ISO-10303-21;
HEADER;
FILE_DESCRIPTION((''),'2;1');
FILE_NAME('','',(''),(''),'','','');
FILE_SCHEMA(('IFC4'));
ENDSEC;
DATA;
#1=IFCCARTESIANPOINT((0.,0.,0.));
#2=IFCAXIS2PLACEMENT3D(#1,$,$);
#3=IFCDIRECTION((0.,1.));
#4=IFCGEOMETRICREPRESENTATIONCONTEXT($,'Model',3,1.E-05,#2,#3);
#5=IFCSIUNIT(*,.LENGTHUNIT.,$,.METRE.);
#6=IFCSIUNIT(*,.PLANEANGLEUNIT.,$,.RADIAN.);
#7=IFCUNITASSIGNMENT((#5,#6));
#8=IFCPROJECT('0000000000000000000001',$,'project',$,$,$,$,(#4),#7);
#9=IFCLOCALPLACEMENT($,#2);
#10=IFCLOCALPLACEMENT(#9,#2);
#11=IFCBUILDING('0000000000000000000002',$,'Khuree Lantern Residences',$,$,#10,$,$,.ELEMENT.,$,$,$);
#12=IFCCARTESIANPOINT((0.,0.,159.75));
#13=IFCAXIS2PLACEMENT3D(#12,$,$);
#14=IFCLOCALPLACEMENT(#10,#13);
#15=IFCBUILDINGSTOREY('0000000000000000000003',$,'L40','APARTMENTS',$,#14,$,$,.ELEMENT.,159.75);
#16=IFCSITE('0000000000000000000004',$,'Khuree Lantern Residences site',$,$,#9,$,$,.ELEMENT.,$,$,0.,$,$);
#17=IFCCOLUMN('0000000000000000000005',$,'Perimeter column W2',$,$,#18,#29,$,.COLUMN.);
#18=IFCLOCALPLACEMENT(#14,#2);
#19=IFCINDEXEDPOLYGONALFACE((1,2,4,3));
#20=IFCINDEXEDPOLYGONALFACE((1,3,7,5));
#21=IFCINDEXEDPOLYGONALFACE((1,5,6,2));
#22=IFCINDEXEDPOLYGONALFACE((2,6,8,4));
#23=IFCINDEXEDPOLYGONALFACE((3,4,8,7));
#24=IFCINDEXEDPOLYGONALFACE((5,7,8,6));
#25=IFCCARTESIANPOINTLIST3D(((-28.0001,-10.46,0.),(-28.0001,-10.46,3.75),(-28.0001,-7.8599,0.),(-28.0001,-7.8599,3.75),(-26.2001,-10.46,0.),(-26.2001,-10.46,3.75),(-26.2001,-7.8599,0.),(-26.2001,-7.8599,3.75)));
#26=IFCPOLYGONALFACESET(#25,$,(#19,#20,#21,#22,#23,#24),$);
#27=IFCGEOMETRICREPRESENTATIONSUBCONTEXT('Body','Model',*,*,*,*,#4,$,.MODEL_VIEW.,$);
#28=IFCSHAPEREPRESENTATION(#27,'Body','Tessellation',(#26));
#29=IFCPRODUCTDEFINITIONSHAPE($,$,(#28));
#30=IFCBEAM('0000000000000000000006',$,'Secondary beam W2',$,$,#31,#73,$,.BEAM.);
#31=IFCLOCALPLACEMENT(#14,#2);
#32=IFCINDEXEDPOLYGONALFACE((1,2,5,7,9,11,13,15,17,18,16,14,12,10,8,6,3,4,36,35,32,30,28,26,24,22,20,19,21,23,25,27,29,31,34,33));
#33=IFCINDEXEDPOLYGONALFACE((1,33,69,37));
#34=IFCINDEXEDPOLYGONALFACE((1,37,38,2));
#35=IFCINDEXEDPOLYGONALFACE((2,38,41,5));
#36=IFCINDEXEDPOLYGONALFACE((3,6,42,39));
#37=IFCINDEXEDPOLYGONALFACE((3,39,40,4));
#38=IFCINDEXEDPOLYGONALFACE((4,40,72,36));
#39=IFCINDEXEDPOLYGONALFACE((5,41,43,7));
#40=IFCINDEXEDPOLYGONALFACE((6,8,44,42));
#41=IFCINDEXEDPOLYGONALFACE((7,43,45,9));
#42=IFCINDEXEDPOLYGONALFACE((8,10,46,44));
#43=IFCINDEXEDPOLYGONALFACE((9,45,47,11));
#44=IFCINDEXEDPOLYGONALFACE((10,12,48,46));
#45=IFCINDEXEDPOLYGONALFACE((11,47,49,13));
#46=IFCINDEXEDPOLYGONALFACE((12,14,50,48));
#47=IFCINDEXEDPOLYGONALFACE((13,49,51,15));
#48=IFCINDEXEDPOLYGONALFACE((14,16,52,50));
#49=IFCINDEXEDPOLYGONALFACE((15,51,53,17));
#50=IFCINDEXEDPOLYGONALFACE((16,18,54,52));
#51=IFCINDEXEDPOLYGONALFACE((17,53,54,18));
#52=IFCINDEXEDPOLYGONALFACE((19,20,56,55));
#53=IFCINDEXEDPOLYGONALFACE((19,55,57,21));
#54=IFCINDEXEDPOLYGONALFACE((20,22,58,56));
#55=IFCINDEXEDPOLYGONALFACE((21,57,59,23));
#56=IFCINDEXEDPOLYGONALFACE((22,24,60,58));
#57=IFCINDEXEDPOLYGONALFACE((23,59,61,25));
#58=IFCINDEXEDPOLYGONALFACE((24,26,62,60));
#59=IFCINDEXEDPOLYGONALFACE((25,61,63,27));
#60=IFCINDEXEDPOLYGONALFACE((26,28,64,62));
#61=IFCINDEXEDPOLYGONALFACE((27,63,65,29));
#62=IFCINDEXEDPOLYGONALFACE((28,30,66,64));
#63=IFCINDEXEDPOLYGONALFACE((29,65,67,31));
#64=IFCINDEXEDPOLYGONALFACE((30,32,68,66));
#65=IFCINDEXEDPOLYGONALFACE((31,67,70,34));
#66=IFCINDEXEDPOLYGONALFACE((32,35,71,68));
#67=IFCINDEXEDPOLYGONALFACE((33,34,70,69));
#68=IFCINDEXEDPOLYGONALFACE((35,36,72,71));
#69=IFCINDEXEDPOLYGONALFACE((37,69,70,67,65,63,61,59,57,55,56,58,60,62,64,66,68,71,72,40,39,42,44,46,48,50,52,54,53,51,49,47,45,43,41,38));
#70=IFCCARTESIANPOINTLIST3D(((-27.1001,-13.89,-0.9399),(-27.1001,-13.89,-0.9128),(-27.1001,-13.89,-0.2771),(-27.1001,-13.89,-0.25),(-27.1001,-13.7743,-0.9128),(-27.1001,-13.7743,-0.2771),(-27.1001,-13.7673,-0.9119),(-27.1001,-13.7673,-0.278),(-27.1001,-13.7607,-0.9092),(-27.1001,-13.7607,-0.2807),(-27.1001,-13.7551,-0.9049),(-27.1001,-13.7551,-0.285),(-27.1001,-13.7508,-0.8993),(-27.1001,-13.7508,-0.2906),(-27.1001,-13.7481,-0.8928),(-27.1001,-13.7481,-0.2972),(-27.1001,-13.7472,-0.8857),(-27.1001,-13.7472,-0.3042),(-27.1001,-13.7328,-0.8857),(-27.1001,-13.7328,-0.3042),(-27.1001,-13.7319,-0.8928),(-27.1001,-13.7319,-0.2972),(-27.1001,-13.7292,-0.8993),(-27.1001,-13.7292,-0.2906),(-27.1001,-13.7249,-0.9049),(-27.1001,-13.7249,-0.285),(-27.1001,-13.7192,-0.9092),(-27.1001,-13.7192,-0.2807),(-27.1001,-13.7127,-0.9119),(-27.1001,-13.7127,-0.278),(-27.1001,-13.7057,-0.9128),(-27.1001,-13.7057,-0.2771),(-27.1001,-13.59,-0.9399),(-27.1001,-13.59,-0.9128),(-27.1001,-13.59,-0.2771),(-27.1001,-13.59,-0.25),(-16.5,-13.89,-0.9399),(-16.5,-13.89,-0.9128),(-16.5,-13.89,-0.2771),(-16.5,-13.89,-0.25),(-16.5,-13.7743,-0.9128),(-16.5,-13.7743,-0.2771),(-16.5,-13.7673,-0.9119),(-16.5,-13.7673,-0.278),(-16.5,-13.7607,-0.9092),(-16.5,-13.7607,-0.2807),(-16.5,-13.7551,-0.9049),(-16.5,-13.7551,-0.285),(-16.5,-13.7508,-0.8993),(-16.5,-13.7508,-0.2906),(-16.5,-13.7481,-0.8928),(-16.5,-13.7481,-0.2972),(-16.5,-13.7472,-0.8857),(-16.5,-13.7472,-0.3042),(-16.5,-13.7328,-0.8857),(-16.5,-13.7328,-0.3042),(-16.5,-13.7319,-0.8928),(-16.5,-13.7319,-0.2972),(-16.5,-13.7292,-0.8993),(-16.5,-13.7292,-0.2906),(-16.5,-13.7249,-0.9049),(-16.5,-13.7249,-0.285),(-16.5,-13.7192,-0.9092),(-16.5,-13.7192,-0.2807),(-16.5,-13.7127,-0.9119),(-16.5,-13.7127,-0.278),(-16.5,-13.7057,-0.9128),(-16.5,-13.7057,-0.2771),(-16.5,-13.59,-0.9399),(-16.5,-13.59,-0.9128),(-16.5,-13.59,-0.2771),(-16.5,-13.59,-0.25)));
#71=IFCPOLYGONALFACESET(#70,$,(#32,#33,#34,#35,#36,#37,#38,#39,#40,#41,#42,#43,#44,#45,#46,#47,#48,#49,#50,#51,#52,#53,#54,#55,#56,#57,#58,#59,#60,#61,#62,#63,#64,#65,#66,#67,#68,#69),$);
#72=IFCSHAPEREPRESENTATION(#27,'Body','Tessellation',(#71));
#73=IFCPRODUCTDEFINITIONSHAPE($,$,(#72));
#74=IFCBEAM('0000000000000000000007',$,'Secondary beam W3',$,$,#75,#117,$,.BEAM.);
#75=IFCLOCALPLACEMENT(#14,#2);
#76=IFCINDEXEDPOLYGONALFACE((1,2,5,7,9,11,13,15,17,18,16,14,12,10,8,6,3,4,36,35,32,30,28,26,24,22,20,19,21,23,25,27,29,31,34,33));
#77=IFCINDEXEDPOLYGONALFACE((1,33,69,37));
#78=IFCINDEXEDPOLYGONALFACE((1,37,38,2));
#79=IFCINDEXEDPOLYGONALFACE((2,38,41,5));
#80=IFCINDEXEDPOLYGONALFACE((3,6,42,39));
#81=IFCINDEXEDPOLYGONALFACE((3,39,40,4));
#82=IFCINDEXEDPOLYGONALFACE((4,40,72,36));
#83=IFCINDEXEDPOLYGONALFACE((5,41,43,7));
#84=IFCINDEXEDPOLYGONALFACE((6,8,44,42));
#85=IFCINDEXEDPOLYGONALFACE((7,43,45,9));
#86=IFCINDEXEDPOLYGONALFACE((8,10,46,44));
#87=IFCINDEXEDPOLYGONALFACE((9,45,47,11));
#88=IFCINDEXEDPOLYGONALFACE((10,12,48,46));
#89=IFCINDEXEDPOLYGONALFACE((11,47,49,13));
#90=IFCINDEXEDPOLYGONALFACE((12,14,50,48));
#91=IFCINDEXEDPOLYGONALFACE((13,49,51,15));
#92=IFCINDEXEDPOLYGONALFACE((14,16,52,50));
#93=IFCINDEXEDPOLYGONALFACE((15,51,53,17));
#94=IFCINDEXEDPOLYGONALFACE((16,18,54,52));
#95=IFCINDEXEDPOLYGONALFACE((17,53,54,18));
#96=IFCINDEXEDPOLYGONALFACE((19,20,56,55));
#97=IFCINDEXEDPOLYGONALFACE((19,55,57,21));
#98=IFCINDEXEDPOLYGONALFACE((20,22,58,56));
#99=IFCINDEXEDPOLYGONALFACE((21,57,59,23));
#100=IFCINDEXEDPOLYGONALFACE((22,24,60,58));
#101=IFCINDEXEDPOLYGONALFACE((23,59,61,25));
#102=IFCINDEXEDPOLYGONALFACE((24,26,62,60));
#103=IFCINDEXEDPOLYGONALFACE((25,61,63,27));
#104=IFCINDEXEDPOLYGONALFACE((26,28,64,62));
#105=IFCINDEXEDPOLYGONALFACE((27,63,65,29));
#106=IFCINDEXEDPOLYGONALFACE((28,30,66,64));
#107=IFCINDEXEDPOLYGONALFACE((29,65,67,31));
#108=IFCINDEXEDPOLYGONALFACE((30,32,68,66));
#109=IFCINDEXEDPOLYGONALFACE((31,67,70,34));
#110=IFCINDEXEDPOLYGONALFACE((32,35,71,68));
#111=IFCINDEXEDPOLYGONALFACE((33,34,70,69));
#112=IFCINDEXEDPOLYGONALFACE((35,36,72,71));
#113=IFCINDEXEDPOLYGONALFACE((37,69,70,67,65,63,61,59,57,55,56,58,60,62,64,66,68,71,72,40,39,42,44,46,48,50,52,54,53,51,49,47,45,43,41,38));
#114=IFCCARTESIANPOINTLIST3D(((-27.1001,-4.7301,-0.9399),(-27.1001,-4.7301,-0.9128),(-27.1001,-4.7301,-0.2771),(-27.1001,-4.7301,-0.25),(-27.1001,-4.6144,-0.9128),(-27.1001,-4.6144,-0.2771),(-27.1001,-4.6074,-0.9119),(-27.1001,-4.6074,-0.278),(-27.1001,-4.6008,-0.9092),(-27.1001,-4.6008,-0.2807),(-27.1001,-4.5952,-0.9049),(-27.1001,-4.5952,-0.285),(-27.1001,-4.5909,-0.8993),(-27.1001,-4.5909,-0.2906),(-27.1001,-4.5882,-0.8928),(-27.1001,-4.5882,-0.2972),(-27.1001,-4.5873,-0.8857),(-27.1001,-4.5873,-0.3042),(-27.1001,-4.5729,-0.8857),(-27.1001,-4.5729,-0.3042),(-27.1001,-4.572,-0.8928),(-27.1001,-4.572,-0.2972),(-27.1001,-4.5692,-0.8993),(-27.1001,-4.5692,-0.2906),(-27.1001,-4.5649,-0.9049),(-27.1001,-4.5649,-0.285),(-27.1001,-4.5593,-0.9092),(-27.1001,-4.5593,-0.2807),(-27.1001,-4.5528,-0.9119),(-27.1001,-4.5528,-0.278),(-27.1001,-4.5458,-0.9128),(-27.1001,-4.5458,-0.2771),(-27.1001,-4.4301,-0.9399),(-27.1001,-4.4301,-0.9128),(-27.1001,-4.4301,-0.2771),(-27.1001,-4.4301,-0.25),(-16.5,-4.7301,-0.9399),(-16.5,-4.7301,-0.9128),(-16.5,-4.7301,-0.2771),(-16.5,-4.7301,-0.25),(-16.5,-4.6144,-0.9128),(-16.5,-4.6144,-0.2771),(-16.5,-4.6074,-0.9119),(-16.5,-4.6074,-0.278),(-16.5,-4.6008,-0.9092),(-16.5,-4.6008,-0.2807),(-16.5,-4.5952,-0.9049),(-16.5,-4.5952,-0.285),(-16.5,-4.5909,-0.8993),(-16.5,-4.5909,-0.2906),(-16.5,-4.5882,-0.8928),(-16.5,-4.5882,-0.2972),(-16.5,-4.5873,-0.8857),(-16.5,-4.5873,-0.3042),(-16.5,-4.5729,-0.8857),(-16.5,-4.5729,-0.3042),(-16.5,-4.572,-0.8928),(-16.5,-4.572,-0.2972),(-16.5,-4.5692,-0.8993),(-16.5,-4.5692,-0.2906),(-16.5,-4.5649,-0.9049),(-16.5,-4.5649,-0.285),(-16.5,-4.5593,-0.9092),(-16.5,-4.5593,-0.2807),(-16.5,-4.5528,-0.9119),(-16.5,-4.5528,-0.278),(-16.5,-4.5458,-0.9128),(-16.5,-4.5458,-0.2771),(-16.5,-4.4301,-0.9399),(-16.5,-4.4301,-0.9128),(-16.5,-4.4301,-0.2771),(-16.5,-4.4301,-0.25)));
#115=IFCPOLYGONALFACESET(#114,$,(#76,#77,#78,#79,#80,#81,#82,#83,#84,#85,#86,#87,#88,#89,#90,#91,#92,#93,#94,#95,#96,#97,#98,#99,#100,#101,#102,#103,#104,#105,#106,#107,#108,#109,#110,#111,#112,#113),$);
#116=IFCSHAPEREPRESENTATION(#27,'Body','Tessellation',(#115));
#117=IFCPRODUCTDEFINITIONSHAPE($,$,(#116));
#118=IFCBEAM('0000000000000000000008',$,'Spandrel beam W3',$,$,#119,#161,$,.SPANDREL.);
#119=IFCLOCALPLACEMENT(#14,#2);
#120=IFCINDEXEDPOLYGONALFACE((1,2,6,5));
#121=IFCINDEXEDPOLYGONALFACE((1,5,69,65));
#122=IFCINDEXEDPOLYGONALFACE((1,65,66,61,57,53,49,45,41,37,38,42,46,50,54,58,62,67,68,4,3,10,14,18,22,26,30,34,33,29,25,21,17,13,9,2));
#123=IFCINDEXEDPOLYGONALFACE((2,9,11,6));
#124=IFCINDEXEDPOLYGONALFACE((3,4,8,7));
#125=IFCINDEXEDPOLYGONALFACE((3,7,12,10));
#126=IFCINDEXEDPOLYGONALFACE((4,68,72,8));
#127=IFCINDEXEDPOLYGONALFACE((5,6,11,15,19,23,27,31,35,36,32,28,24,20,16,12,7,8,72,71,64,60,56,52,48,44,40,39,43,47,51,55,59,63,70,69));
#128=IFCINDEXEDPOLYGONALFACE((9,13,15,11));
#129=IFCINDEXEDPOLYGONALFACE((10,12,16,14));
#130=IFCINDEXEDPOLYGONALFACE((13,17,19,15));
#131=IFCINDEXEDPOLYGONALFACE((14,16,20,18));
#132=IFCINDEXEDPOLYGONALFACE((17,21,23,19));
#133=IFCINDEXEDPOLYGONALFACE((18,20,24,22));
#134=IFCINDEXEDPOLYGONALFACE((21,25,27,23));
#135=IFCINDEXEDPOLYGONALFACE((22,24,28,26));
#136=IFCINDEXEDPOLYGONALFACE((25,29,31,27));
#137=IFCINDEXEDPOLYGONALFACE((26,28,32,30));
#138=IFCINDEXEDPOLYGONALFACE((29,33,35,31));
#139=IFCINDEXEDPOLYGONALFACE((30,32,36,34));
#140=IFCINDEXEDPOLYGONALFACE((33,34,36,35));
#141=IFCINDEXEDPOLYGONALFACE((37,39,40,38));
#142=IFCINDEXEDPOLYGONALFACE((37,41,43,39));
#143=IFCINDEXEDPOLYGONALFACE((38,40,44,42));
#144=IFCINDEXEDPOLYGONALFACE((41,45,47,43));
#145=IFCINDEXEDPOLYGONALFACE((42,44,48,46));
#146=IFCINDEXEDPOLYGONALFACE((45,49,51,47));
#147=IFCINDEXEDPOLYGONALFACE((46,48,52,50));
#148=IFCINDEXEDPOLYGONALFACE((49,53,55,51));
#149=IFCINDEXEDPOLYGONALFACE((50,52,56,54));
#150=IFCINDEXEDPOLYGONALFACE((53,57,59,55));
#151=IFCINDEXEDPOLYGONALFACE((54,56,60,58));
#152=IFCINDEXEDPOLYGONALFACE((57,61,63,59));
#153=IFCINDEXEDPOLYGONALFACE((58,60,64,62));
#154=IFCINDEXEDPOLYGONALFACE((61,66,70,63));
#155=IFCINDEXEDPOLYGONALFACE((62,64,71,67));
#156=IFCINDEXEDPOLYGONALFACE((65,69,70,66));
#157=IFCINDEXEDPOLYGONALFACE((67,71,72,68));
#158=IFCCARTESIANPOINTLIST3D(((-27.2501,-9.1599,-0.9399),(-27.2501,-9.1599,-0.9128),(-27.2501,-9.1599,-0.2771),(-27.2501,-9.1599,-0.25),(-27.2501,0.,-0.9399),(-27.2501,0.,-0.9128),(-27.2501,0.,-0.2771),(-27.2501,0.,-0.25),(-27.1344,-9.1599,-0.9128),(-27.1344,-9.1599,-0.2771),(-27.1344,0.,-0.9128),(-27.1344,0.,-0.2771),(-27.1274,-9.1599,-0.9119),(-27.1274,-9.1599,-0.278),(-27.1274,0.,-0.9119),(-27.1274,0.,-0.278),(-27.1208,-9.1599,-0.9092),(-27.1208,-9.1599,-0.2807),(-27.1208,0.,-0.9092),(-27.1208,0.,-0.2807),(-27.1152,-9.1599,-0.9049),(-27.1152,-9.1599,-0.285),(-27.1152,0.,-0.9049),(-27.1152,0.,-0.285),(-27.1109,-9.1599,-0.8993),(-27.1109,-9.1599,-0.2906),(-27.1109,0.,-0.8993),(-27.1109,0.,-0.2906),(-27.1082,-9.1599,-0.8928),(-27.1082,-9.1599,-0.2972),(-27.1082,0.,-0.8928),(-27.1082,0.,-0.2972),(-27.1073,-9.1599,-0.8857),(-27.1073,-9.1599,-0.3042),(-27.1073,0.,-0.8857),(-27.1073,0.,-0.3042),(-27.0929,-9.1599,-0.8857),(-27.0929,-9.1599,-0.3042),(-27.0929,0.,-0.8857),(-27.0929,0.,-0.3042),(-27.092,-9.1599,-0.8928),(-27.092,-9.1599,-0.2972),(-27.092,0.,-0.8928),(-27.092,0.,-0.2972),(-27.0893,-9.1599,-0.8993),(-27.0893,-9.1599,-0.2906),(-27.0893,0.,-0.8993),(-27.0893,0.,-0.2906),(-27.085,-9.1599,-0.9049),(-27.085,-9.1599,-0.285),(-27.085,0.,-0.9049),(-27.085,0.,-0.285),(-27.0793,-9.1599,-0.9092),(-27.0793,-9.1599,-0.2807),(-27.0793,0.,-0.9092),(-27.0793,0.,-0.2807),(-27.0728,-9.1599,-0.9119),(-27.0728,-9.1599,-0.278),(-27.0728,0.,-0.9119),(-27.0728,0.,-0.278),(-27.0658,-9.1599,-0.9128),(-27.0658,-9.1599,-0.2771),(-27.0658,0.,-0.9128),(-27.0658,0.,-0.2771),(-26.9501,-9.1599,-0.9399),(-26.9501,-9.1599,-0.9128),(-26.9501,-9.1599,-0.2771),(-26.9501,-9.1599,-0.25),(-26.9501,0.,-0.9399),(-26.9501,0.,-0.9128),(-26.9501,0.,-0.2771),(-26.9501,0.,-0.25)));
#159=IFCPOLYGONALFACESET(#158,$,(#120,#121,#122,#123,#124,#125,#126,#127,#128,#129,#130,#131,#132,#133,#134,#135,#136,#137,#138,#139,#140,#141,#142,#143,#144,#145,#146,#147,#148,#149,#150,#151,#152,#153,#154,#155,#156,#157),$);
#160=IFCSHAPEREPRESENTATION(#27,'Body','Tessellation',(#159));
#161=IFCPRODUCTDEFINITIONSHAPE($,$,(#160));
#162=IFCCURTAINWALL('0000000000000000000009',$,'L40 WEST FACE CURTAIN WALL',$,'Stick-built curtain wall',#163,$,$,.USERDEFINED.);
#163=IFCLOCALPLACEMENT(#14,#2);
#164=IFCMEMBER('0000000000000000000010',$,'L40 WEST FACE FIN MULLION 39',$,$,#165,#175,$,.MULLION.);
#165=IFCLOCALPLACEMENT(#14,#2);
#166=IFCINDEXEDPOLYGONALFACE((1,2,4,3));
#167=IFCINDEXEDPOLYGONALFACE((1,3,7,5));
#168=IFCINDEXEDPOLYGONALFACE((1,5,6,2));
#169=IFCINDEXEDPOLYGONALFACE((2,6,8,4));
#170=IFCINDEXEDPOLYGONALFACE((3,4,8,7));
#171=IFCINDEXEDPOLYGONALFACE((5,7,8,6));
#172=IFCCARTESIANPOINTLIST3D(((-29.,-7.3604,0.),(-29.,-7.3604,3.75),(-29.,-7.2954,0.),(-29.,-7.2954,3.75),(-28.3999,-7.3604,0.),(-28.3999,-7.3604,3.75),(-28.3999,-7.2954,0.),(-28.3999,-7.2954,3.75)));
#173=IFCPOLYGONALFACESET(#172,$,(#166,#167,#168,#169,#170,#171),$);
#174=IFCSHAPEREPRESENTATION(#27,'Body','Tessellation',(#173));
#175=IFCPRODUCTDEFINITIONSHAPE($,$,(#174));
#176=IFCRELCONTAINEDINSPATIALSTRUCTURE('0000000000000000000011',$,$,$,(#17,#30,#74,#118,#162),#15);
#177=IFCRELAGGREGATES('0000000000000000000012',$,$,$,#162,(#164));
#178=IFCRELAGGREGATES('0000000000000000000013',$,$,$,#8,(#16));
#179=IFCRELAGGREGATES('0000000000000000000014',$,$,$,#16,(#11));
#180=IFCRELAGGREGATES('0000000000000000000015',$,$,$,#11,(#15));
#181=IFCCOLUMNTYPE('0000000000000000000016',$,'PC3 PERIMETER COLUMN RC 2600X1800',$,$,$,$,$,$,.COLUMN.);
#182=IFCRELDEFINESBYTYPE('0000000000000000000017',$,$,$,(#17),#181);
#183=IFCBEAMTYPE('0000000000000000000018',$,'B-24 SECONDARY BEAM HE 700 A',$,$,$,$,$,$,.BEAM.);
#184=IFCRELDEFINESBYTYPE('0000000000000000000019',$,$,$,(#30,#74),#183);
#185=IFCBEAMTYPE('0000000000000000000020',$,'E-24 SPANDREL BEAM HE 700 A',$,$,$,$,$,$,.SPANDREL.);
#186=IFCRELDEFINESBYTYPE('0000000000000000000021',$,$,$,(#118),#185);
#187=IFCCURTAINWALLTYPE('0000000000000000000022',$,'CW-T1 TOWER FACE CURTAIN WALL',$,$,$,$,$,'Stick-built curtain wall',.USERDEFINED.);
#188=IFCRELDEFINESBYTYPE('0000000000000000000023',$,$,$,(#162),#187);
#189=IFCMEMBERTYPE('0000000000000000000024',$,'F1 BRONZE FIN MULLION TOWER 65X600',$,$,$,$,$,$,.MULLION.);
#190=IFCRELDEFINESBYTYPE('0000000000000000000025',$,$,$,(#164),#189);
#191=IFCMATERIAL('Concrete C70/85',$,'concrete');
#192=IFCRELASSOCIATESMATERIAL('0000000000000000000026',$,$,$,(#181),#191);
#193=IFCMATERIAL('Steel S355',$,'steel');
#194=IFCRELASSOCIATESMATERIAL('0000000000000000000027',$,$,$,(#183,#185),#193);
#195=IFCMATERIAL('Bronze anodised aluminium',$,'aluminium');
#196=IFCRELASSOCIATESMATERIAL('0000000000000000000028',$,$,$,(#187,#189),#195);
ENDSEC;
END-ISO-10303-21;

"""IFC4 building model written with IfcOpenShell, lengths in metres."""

from ifc_helpers import new_model, si_unit, direction, frame, origin, origin_2d, place, context, subcontext, project, spatial, rectangle, i_section, extrude, material, material_profile, profile_set, type_object, element, aggregate, save


model = new_model("IFC4")

# Units and contexts
model_context = context("Model", 3, precision=1e-05, world=origin(), true_north=direction((0.0, 1.0)))
body_context = subcontext(model_context, "Body", "Model", "MODEL_VIEW")
ifc_project = project(units=[si_unit("LENGTHUNIT", "METRE"), si_unit("PLANEANGLEUNIT", "RADIAN")], contexts=[model_context])

# Site, building, storey
site_placement = place(None, origin())
site = spatial("IfcSite", under=ifc_project, at=site_placement, Name="Khuree Lantern Residences site", CompositionType="ELEMENT", RefElevation=0.0)
building_placement = place(site_placement, origin())
building = spatial("IfcBuilding", under=site, at=building_placement, Name="Khuree Lantern Residences", CompositionType="ELEMENT")
storey_placement = place(building_placement, frame((0.0, 0.0, 159.75)))
storey = spatial("IfcBuildingStorey", under=building, at=storey_placement, Name="L40", Description="APARTMENTS", CompositionType="ELEMENT", Elevation=159.75)

# Column
ifc_material_1 = material(Name="Concrete C70/85", Category="concrete")
ifc_material_profile_1 = material_profile(ifc_material_1, rectangle(XDim=2.6001, YDim=1.8, at=origin_2d()), Name="RC 2600X1800")
ifc_profile_set_1 = profile_set([ifc_material_profile_1], Name="Concrete C70/85")
column_type = type_object("IfcColumnType", Name="PC3 PERIMETER COLUMN RC 2600X1800", PredefinedType="COLUMN", material=ifc_profile_set_1)
column_placement = place(storey_placement, frame((-27.1001, -9.1599, 0.0), z_axis=(0.0, 0.0, 1.0), x_axis=(0.0, 1.0, 0.0)))
element("IfcColumn", 1, at=column_placement, inside=storey, type_object=column_type, Name="Perimeter column W2", PredefinedType="COLUMN", context=body_context, shape_type="SweptSolid", body=[
    extrude(rectangle(XDim=2.6001, YDim=1.8, at=origin_2d()), origin(), (0.0, 0.0, 1.0), 3.75),
])

# Beams
ifc_material_2 = material(Name="Steel S355", Category="steel")
ifc_material_profile_2 = material_profile(ifc_material_2, i_section(OverallWidth=0.3, OverallDepth=0.6899, WebThickness=0.0144, FlangeThickness=0.0271, FilletRadius=0.0271, at=origin_2d()), Name="HE 700 A")
ifc_profile_set_2 = profile_set([ifc_material_profile_2], Name="Steel S355")
beam_type_1 = type_object("IfcBeamType", Name="B-24 SECONDARY BEAM HE 700 A", PredefinedType="BEAM", material=ifc_profile_set_2)
for number, where, z_axis, x_axis, name in (
    (2, (-27.1001, -13.74, -0.595), (1.0, 0.0, 0.0), (0.0, 1.0, 0.0), "Secondary beam W2"),
    (3, (-27.1001, -4.5801, -0.595), (1.0, 0.0, 0.0), (0.0, 1.0, 0.0), "Secondary beam W3"),
):
    element("IfcBeam", number, at=place(storey_placement, frame(where, z_axis=z_axis, x_axis=x_axis)), inside=storey, type_object=beam_type_1, Name=name, PredefinedType="BEAM", context=body_context, shape_type="SweptSolid", body=[
        extrude(i_section(OverallWidth=0.3, OverallDepth=0.6899, WebThickness=0.0144, FlangeThickness=0.0271, FilletRadius=0.0271, at=origin_2d()), origin(), (0.0, 0.0, 1.0), 10.6001),
    ])
ifc_material_profile_3 = material_profile(ifc_material_2, i_section(OverallWidth=0.3, OverallDepth=0.6899, WebThickness=0.0144, FlangeThickness=0.0271, FilletRadius=0.0271, at=origin_2d()), Name="HE 700 A")
ifc_profile_set_3 = profile_set([ifc_material_profile_3], Name="Steel S355")
beam_type_2 = type_object("IfcBeamType", Name="E-24 SPANDREL BEAM HE 700 A", PredefinedType="SPANDREL", material=ifc_profile_set_3)
beam_1_placement = place(storey_placement, frame((-27.1001, -9.1599, -0.595), z_axis=(0.0, 1.0, 0.0), x_axis=(-1.0, 0.0, 0.0)))
element("IfcBeam", 4, at=beam_1_placement, inside=storey, type_object=beam_type_2, Name="Spandrel beam W3", PredefinedType="SPANDREL", context=body_context, shape_type="SweptSolid", body=[
    extrude(i_section(OverallWidth=0.3, OverallDepth=0.6899, WebThickness=0.0144, FlangeThickness=0.0271, FilletRadius=0.0271, at=origin_2d()), origin(), (0.0, 0.0, 1.0), 9.1599),
])

# Curtain wall, member
ifc_material_3 = material(Name="Bronze anodised aluminium", Category="aluminium")
curtain_wall_type = type_object("IfcCurtainWallType", Name="CW-T1 TOWER FACE CURTAIN WALL", ElementType="Stick-built curtain wall", PredefinedType="USERDEFINED", material=ifc_material_3)
curtain_wall_placement = place(storey_placement, origin())
curtain_wall = element("IfcCurtainWall", 5, at=curtain_wall_placement, inside=storey, type_object=curtain_wall_type, Name="L40 WEST FACE CURTAIN WALL", ObjectType="Stick-built curtain wall", PredefinedType="USERDEFINED")
ifc_material_profile_4 = material_profile(ifc_material_3, rectangle(XDim=0.0649, YDim=0.6001, at=origin_2d()), Name="F1 65X600")
ifc_profile_set_4 = profile_set([ifc_material_profile_4], Name="Bronze anodised aluminium")
member_type_1 = type_object("IfcMemberType", Name="F1 BRONZE FIN MULLION TOWER 65X600", PredefinedType="MULLION", material=ifc_profile_set_4)
member_1_placement = place(storey_placement, frame((-28.7, -7.3279, 0.0), z_axis=(0.0, 0.0, 1.0), x_axis=(0.0, -1.0, 0.0)))
member_1 = element("IfcMember", 6, at=member_1_placement, type_object=member_type_1, Name="L40 WEST FACE FIN MULLION 39", PredefinedType="MULLION", context=body_context, shape_type="SweptSolid", body=[
    extrude(rectangle(XDim=0.0649, YDim=0.6001, at=origin_2d()), origin(), (0.0, 0.0, 1.0), 3.75),
])

aggregate(curtain_wall, [member_1])

save(model, "model.ifc")
